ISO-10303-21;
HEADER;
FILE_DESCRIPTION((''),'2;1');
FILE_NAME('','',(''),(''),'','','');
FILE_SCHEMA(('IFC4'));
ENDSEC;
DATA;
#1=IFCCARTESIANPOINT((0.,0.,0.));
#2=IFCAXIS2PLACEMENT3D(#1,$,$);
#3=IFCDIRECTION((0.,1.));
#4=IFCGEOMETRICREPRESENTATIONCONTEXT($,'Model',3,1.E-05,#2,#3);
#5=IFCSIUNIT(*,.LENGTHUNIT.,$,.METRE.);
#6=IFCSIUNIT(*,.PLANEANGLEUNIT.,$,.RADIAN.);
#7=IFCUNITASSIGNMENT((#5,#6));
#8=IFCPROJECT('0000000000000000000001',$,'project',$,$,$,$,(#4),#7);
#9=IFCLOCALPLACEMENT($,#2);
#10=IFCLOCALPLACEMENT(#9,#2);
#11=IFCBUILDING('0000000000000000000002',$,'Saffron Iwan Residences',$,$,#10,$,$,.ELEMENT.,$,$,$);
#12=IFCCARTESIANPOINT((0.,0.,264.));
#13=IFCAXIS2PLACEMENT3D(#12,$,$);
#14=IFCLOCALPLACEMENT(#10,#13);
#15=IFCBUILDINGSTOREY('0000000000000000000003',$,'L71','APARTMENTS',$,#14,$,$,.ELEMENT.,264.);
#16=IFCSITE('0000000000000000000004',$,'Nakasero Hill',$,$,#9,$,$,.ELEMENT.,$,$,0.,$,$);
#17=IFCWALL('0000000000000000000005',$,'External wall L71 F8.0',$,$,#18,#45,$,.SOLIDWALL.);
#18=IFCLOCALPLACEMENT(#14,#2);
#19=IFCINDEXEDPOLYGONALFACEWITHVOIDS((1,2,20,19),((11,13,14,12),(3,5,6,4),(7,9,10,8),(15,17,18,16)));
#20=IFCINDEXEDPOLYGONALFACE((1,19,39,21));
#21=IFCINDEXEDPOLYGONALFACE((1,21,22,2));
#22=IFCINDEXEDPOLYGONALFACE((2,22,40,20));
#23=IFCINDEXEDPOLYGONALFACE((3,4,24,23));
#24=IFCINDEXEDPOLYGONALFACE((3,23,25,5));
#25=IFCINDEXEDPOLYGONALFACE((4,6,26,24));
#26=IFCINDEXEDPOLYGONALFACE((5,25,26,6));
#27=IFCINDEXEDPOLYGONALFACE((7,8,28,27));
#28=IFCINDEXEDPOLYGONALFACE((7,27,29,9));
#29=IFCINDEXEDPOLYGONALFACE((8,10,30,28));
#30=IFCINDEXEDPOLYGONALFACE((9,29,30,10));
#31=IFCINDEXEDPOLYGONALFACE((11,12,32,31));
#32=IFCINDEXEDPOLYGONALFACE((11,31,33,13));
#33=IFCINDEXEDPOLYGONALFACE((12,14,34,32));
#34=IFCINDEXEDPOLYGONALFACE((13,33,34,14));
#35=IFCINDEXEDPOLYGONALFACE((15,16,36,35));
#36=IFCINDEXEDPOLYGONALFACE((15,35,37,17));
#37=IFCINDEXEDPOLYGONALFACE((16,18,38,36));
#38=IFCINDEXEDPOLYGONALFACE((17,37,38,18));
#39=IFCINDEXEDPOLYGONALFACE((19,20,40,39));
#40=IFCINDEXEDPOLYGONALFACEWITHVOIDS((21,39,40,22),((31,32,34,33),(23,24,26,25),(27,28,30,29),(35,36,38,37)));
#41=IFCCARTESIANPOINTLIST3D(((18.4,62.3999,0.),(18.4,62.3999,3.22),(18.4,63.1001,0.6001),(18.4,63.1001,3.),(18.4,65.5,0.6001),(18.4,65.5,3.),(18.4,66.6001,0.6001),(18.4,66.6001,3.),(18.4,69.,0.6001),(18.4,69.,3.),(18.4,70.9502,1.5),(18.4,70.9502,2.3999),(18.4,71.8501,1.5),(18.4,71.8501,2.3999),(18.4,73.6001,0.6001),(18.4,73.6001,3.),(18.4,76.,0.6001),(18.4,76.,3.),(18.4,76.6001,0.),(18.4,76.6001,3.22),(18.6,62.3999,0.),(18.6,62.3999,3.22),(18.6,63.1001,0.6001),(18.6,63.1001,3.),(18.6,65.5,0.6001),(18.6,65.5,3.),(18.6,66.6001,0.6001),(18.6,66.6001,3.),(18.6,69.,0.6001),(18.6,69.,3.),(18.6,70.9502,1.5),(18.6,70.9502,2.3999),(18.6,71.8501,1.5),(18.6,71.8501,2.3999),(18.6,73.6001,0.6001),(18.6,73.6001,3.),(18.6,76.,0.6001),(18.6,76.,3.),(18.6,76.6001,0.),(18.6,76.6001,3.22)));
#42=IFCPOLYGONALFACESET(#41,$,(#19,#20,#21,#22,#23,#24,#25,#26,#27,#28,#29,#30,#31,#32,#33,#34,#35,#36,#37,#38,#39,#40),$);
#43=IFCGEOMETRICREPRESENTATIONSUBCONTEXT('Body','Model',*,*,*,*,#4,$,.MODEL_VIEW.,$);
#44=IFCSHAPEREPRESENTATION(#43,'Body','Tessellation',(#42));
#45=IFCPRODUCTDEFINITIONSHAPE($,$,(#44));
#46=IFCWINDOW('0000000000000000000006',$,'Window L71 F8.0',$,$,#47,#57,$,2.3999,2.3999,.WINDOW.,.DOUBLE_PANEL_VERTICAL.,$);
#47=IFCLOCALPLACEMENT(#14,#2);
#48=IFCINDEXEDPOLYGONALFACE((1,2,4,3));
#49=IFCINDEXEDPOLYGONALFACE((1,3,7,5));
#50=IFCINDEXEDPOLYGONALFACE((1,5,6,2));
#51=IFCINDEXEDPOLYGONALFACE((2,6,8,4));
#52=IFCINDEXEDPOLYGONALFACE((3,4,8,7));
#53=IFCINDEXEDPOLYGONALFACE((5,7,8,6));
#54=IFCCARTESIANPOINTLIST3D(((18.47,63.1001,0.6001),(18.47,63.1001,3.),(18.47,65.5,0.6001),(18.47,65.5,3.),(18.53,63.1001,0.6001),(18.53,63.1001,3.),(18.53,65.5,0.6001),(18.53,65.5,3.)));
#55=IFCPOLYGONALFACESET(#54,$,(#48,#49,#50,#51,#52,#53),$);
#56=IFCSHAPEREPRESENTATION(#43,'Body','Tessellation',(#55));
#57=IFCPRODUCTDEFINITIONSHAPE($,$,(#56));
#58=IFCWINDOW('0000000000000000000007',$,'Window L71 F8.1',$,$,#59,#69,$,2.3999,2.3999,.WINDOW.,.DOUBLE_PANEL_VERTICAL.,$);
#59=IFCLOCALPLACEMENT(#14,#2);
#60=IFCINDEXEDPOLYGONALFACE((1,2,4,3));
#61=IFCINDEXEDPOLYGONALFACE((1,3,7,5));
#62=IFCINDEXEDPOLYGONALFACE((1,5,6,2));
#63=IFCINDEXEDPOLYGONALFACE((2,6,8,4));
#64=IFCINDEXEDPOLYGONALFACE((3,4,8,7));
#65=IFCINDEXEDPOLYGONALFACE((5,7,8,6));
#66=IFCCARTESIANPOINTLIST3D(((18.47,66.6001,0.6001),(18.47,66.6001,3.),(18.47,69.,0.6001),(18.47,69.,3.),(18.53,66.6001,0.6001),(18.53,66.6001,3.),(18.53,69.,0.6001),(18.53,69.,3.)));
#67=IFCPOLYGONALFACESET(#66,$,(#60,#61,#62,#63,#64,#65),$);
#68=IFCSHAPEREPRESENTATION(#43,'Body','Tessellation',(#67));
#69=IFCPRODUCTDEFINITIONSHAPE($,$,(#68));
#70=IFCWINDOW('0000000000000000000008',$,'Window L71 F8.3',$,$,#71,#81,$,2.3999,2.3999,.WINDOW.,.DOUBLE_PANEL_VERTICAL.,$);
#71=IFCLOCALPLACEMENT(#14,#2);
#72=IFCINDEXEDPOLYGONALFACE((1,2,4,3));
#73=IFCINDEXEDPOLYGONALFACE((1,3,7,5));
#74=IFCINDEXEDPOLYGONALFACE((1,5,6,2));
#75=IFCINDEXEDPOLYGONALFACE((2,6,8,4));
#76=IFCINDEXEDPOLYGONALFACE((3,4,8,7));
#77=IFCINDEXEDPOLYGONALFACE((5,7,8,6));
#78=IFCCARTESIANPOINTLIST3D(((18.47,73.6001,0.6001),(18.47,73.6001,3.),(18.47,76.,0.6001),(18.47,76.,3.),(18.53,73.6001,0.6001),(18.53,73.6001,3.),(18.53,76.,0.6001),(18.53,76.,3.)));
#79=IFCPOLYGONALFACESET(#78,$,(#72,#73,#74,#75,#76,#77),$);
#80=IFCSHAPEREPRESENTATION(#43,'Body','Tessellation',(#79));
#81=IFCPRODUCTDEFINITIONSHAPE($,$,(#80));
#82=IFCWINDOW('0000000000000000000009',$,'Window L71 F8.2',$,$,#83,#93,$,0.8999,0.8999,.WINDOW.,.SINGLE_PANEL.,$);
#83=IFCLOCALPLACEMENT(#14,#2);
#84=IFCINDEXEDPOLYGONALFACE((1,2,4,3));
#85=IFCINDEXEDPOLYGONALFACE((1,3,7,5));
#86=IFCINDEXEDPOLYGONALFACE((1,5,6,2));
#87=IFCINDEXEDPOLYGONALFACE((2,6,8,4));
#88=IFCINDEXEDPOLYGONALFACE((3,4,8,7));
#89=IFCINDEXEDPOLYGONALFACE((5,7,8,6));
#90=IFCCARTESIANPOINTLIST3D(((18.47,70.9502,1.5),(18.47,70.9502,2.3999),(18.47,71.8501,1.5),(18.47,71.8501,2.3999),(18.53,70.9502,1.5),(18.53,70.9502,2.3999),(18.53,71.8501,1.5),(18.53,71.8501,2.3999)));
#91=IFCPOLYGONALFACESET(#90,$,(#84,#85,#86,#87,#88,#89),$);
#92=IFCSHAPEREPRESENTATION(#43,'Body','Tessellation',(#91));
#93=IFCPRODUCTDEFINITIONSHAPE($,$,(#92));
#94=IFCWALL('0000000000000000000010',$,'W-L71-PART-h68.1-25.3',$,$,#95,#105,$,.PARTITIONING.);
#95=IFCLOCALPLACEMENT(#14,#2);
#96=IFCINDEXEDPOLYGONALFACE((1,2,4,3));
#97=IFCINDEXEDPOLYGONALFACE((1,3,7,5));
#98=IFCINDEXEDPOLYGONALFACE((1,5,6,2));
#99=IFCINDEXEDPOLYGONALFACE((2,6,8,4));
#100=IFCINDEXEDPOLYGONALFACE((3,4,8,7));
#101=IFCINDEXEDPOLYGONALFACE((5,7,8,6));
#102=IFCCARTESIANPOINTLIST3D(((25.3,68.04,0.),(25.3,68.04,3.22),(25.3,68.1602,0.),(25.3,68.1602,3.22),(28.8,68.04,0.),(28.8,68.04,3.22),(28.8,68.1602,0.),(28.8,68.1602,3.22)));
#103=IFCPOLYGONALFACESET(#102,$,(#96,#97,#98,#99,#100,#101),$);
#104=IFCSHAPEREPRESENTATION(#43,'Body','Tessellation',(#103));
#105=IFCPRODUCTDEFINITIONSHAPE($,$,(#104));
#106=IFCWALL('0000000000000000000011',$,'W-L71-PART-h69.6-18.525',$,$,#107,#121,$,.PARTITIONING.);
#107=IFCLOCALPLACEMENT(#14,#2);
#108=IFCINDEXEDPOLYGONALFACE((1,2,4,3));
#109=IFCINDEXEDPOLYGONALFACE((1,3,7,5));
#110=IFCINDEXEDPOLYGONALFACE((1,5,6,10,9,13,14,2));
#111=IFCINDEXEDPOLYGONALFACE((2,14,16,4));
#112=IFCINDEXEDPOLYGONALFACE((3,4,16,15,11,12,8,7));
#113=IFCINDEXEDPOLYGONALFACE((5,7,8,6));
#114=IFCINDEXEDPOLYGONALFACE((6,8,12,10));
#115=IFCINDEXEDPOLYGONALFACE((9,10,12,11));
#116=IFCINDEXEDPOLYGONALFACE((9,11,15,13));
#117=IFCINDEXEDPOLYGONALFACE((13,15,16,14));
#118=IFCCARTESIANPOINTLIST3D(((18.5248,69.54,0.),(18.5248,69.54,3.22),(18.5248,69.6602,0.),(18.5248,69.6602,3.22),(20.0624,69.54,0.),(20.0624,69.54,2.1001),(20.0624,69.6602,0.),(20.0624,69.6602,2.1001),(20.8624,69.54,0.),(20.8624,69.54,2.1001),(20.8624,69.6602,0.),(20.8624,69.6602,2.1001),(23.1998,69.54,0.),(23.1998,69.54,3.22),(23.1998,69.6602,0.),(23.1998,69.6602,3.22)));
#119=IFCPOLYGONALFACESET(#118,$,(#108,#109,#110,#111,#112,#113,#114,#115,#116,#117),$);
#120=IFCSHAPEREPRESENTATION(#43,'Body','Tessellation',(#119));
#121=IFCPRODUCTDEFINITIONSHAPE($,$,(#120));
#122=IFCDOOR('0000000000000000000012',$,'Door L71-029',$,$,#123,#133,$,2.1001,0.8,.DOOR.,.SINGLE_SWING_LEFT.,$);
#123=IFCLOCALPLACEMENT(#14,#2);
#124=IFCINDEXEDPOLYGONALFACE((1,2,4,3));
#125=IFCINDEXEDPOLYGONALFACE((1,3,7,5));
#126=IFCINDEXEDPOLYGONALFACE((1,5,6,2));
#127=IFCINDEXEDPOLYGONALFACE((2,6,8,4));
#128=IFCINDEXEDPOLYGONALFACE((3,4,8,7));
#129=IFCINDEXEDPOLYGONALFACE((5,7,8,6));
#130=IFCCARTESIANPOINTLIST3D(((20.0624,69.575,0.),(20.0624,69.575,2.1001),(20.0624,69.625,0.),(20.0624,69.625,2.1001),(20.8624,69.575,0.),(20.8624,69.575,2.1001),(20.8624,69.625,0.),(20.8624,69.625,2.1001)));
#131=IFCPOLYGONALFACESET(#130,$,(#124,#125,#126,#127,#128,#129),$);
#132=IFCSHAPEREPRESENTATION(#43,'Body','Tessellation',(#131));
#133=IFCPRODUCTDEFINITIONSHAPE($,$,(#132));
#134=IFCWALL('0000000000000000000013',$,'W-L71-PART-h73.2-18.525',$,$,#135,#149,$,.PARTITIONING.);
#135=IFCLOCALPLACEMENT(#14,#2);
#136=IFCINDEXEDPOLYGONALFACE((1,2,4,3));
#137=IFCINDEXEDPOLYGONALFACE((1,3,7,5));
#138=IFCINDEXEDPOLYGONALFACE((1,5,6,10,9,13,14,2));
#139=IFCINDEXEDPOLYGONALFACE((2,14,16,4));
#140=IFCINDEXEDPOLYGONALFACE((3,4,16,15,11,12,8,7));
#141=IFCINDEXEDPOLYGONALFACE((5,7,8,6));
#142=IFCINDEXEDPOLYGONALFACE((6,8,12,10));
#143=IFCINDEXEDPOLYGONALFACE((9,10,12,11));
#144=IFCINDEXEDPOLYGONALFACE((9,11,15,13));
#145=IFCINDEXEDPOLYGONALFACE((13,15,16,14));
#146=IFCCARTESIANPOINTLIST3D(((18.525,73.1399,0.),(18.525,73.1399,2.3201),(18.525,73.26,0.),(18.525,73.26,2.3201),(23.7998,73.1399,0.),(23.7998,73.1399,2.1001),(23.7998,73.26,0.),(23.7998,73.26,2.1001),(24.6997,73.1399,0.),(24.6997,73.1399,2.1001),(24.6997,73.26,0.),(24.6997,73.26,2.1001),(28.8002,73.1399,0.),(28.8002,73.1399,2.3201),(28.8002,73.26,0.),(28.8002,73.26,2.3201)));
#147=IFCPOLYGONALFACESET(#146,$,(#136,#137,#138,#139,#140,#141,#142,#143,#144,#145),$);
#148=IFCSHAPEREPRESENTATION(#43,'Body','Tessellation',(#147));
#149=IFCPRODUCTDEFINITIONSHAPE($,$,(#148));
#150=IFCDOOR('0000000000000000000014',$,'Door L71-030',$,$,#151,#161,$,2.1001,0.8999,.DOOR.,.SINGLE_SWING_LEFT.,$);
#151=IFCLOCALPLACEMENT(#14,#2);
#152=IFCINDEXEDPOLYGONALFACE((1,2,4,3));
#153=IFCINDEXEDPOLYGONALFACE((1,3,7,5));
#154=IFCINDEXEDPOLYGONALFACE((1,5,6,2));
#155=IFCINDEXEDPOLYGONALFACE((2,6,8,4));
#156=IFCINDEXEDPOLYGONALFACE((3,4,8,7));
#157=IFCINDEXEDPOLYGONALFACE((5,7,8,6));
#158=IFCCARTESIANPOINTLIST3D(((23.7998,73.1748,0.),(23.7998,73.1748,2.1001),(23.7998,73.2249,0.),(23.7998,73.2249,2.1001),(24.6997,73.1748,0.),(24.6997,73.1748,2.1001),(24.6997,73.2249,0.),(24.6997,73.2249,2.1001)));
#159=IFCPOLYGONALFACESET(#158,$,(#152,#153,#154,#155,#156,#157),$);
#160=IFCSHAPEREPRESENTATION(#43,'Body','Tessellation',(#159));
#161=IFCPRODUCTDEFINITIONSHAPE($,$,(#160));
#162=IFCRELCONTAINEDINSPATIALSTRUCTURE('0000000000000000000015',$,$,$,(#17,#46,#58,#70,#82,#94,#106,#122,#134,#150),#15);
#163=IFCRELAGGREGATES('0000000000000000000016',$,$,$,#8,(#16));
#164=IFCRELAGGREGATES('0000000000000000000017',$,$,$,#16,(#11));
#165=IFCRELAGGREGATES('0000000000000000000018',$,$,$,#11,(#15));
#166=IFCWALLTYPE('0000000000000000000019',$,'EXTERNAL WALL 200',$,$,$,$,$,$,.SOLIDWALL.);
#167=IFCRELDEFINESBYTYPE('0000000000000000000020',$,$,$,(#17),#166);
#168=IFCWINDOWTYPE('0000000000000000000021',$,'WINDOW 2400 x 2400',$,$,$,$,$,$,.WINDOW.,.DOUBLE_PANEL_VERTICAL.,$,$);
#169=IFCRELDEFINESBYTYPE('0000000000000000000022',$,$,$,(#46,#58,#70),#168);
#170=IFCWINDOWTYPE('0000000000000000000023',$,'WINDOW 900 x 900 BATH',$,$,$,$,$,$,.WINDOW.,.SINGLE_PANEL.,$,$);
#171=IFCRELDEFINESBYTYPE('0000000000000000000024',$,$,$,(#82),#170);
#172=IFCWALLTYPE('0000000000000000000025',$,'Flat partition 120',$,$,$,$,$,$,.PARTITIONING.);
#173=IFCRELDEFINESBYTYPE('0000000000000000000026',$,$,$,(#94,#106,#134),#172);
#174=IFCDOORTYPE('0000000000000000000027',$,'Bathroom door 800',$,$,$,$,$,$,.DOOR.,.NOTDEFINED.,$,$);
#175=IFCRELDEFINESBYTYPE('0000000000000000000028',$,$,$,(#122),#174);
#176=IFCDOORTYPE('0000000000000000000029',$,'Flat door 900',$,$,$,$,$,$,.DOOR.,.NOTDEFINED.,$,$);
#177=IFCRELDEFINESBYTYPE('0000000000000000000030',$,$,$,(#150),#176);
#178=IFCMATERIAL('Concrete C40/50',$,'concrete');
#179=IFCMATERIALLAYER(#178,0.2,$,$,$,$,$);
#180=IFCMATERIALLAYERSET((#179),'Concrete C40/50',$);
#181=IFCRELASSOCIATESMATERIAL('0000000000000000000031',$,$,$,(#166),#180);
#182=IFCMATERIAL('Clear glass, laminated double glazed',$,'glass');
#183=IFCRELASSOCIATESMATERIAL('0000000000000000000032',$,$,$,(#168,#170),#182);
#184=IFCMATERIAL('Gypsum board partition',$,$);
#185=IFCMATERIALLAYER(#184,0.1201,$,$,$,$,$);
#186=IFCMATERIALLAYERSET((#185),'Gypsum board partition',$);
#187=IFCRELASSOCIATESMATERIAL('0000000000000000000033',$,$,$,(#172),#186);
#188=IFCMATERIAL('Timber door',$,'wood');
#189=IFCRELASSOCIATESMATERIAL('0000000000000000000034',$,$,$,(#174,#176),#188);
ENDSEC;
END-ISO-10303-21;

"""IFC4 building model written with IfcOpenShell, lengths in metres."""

from ifc_helpers import new_model, si_unit, direction, frame, frame_2d, origin, place, context, subcontext, project, spatial, rectangle, extrude, material, layer, layer_set, type_object, element, fill, save


model = new_model("IFC4")

# Units and contexts
model_context = context("Model", 3, precision=1e-05, world=origin(), true_north=direction((0.0, 1.0)))
body_context = subcontext(model_context, "Body", "Model", "MODEL_VIEW")
ifc_project = project(units=[si_unit("LENGTHUNIT", "METRE"), si_unit("PLANEANGLEUNIT", "RADIAN")], contexts=[model_context])

# Site, building, storey
site_placement = place(None, origin())
site = spatial("IfcSite", under=ifc_project, at=site_placement, Name="Nakasero Hill", CompositionType="ELEMENT", RefElevation=0.0)
building_placement = place(site_placement, origin())
building = spatial("IfcBuilding", under=site, at=building_placement, Name="Saffron Iwan Residences", CompositionType="ELEMENT")
storey_placement = place(building_placement, frame((0.0, 0.0, 264.0)))
storey = spatial("IfcBuildingStorey", under=building, at=storey_placement, Name="L71", Description="APARTMENTS", CompositionType="ELEMENT", Elevation=264.0)

# Shared definitions
ifc_material_1 = material(Name="Concrete C40/50", Category="concrete")

# Shared definitions
ifc_layer_1 = layer(ifc_material_1, 0.2)
ifc_layer_set_1 = layer_set([ifc_layer_1], Name="Concrete C40/50")
wall_type_1 = type_object("IfcWallType", Name="EXTERNAL WALL 200", PredefinedType="SOLIDWALL", material=ifc_layer_set_1)
ifc_material_2 = material(Name="Clear glass, laminated double glazed", Category="glass")
window_type_1 = type_object("IfcWindowType", Name="WINDOW 2400 x 2400", PartitioningType="DOUBLE_PANEL_VERTICAL", PredefinedType="WINDOW", material=ifc_material_2)

# Wall, openings, windows
wall_1_placement = place(storey_placement, frame((18.5, 76.6001, 0.0), z_axis=(0.0, 0.0, 1.0), x_axis=(0.0, -1.0, 0.0)))
wall_1 = element("IfcWall", 1, at=wall_1_placement, inside=storey, type_object=wall_type_1, Name="External wall L71 F8.0", PredefinedType="SOLIDWALL", context=body_context, shape_type="SweptSolid", body=[
    extrude(rectangle(XDim=14.2002, YDim=0.2, at=frame_2d((7.1001, 0.0))), origin(), (0.0, 0.0, 1.0), 3.22),
])
opening_1_placement = place(wall_1_placement, frame((11.1001, 0.0, 0.6001)))
opening_1 = element("IfcOpeningElement", 2, at=opening_1_placement, cuts=wall_1, PredefinedType="OPENING", context=body_context, shape_type="SweptSolid", body=[
    extrude(rectangle(XDim=2.3999, YDim=2.3999, at=frame_2d((1.2, 1.2))), frame((0.0, 0.1099, 0.0), z_axis=(0.0, -1.0, 0.0), x_axis=(1.0, 0.0, 0.0)), (0.0, 0.0, 1.0), 0.22),
])
opening_2_placement = place(wall_1_placement, frame((7.6001, 0.0, 0.6001)))
opening_2 = element("IfcOpeningElement", 3, at=opening_2_placement, cuts=wall_1, PredefinedType="OPENING", context=body_context, shape_type="SweptSolid", body=[
    extrude(rectangle(XDim=2.3999, YDim=2.3999, at=frame_2d((1.2, 1.2))), frame((0.0, 0.1099, 0.0), z_axis=(0.0, -1.0, 0.0), x_axis=(1.0, 0.0, 0.0)), (0.0, 0.0, 1.0), 0.22),
])
opening_3_placement = place(wall_1_placement, frame((4.75, 0.0, 1.5)))
opening_3 = element("IfcOpeningElement", 4, at=opening_3_placement, cuts=wall_1, PredefinedType="OPENING", context=body_context, shape_type="SweptSolid", body=[
    extrude(rectangle(XDim=0.8999, YDim=0.8999, at=frame_2d((0.45, 0.45))), frame((0.0, 0.1099, 0.0), z_axis=(0.0, -1.0, 0.0), x_axis=(1.0, 0.0, 0.0)), (0.0, 0.0, 1.0), 0.22),
])
opening_4_placement = place(wall_1_placement, frame((0.6001, 0.0, 0.6001)))
opening_4 = element("IfcOpeningElement", 5, at=opening_4_placement, cuts=wall_1, PredefinedType="OPENING", context=body_context, shape_type="SweptSolid", body=[
    extrude(rectangle(XDim=2.3999, YDim=2.3999, at=frame_2d((1.2, 1.2))), frame((0.0, 0.1099, 0.0), z_axis=(0.0, -1.0, 0.0), x_axis=(1.0, 0.0, 0.0)), (0.0, 0.0, 1.0), 0.22),
])
window_1_placement = place(opening_1_placement, origin())
window_1 = element("IfcWindow", 6, at=window_1_placement, inside=storey, type_object=window_type_1, Name="Window L71 F8.0", OverallHeight=2.3999, OverallWidth=2.3999, PartitioningType="DOUBLE_PANEL_VERTICAL", PredefinedType="WINDOW", context=body_context, shape_type="SweptSolid", body=[
    extrude(rectangle(XDim=2.3999, YDim=2.3999, at=frame_2d((1.2, 1.2))), frame((0.0, 0.03, 0.0), z_axis=(0.0, -1.0, 0.0), x_axis=(1.0, 0.0, 0.0)), (0.0, 0.0, 1.0), 0.0601),
])
fill(opening_1, window_1)
window_2_placement = place(opening_2_placement, origin())
window_2 = element("IfcWindow", 7, at=window_2_placement, inside=storey, type_object=window_type_1, Name="Window L71 F8.1", OverallHeight=2.3999, OverallWidth=2.3999, PartitioningType="DOUBLE_PANEL_VERTICAL", PredefinedType="WINDOW", context=body_context, shape_type="SweptSolid", body=[
    extrude(rectangle(XDim=2.3999, YDim=2.3999, at=frame_2d((1.2, 1.2))), frame((0.0, 0.03, 0.0), z_axis=(0.0, -1.0, 0.0), x_axis=(1.0, 0.0, 0.0)), (0.0, 0.0, 1.0), 0.0601),
])
fill(opening_2, window_2)
window_3_placement = place(opening_4_placement, origin())
window_3 = element("IfcWindow", 8, at=window_3_placement, inside=storey, type_object=window_type_1, Name="Window L71 F8.3", OverallHeight=2.3999, OverallWidth=2.3999, PartitioningType="DOUBLE_PANEL_VERTICAL", PredefinedType="WINDOW", context=body_context, shape_type="SweptSolid", body=[
    extrude(rectangle(XDim=2.3999, YDim=2.3999, at=frame_2d((1.2, 1.2))), frame((0.0, 0.03, 0.0), z_axis=(0.0, -1.0, 0.0), x_axis=(1.0, 0.0, 0.0)), (0.0, 0.0, 1.0), 0.0601),
])
fill(opening_4, window_3)
window_type_2 = type_object("IfcWindowType", Name="WINDOW 900 x 900 BATH", PartitioningType="SINGLE_PANEL", PredefinedType="WINDOW", material=ifc_material_2)
window_4_placement = place(opening_3_placement, origin())
window_4 = element("IfcWindow", 9, at=window_4_placement, inside=storey, type_object=window_type_2, Name="Window L71 F8.2", OverallHeight=0.8999, OverallWidth=0.8999, PartitioningType="SINGLE_PANEL", PredefinedType="WINDOW", context=body_context, shape_type="SweptSolid", body=[
    extrude(rectangle(XDim=0.8999, YDim=0.8999, at=frame_2d((0.45, 0.45))), frame((0.0, 0.03, 0.0), z_axis=(0.0, -1.0, 0.0), x_axis=(1.0, 0.0, 0.0)), (0.0, 0.0, 1.0), 0.0601),
])
fill(opening_3, window_4)

# Wall
ifc_material_3 = material(Name="Gypsum board partition")
ifc_layer_2 = layer(ifc_material_3, 0.1201)
ifc_layer_set_2 = layer_set([ifc_layer_2], Name="Gypsum board partition")
wall_type_2 = type_object("IfcWallType", Name="Flat partition 120", PredefinedType="PARTITIONING", material=ifc_layer_set_2)
wall_2_placement = place(storey_placement, frame((25.3, 68.1001, 0.0), z_axis=(0.0, 0.0, 1.0), x_axis=(1.0, 0.0, 0.0)))
element("IfcWall", 10, at=wall_2_placement, inside=storey, type_object=wall_type_2, Name="W-L71-PART-h68.1-25.3", PredefinedType="PARTITIONING", context=body_context, shape_type="SweptSolid", body=[
    extrude(rectangle(XDim=3.5, YDim=0.1201, at=frame_2d((1.75, 0.0))), origin(), (0.0, 0.0, 1.0), 3.22),
])

# Walls, openings, doors
wall_3_placement = place(storey_placement, frame((18.5249, 69.6001, 0.0), z_axis=(0.0, 0.0, 1.0), x_axis=(1.0, 0.0, 0.0)))
wall_3 = element("IfcWall", 11, at=wall_3_placement, inside=storey, type_object=wall_type_2, Name="W-L71-PART-h69.6-18.525", PredefinedType="PARTITIONING", context=body_context, shape_type="SweptSolid", body=[
    extrude(rectangle(XDim=4.675, YDim=0.1201, at=frame_2d((2.3374, 0.0))), origin(), (0.0, 0.0, 1.0), 3.22),
])
opening_5_placement = place(wall_3_placement, frame((1.5376, 0.0, 0.0)))
opening_5 = element("IfcOpeningElement", 12, at=opening_5_placement, cuts=wall_3, PredefinedType="OPENING", context=body_context, shape_type="SweptSolid", body=[
    extrude(rectangle(XDim=0.8, YDim=2.1001, at=frame_2d((0.3999, 1.05))), frame((0.0, 0.0701, 0.0), z_axis=(0.0, -1.0, 0.0), x_axis=(1.0, 0.0, 0.0)), (0.0, 0.0, 1.0), 0.1401),
])
ifc_material_4 = material(Name="Timber door", Category="wood")
door_type_1 = type_object("IfcDoorType", Name="Bathroom door 800", OperationType="NOTDEFINED", PredefinedType="DOOR", material=ifc_material_4)
door_1_placement = place(opening_5_placement, origin())
door_1 = element("IfcDoor", 13, at=door_1_placement, inside=storey, type_object=door_type_1, Name="Door L71-029", OperationType="SINGLE_SWING_LEFT", OverallHeight=2.1001, OverallWidth=0.8, PredefinedType="DOOR", context=body_context, shape_type="SweptSolid", body=[
    extrude(rectangle(XDim=0.8, YDim=2.1001, at=frame_2d((0.3999, 1.05))), frame((0.0, 0.0249, 0.0), z_axis=(0.0, -1.0, 0.0), x_axis=(1.0, 0.0, 0.0)), (0.0, 0.0, 1.0), 0.05),
])
fill(opening_5, door_1)
wall_4_placement = place(storey_placement, frame((18.5249, 73.2, 0.0), z_axis=(0.0, 0.0, 1.0), x_axis=(1.0, 0.0, 0.0)))
wall_4 = element("IfcWall", 14, at=wall_4_placement, inside=storey, type_object=wall_type_2, Name="W-L71-PART-h73.2-18.525", PredefinedType="PARTITIONING", context=body_context, shape_type="SweptSolid", body=[
    extrude(rectangle(XDim=10.2751, YDim=0.1201, at=frame_2d((5.1377, 0.0))), origin(), (0.0, 0.0, 1.0), 2.3201),
])
opening_6_placement = place(wall_4_placement, frame((5.2749, 0.0, 0.0)))
opening_6 = element("IfcOpeningElement", 15, at=opening_6_placement, cuts=wall_4, PredefinedType="OPENING", context=body_context, shape_type="SweptSolid", body=[
    extrude(rectangle(XDim=0.8999, YDim=2.1001, at=frame_2d((0.45, 1.05))), frame((0.0, 0.0701, 0.0), z_axis=(0.0, -1.0, 0.0), x_axis=(1.0, 0.0, 0.0)), (0.0, 0.0, 1.0), 0.1401),
])
door_type_2 = type_object("IfcDoorType", Name="Flat door 900", OperationType="NOTDEFINED", PredefinedType="DOOR", material=ifc_material_4)
door_2_placement = place(opening_6_placement, origin())
door_2 = element("IfcDoor", 16, at=door_2_placement, inside=storey, type_object=door_type_2, Name="Door L71-030", OperationType="SINGLE_SWING_LEFT", OverallHeight=2.1001, OverallWidth=0.8999, PredefinedType="DOOR", context=body_context, shape_type="SweptSolid", body=[
    extrude(rectangle(XDim=0.8999, YDim=2.1001, at=frame_2d((0.45, 1.05))), frame((0.0, 0.0249, 0.0), z_axis=(0.0, -1.0, 0.0), x_axis=(1.0, 0.0, 0.0)), (0.0, 0.0, 1.0), 0.05),
])
fill(opening_6, door_2)

save(model, "model.ifc")
